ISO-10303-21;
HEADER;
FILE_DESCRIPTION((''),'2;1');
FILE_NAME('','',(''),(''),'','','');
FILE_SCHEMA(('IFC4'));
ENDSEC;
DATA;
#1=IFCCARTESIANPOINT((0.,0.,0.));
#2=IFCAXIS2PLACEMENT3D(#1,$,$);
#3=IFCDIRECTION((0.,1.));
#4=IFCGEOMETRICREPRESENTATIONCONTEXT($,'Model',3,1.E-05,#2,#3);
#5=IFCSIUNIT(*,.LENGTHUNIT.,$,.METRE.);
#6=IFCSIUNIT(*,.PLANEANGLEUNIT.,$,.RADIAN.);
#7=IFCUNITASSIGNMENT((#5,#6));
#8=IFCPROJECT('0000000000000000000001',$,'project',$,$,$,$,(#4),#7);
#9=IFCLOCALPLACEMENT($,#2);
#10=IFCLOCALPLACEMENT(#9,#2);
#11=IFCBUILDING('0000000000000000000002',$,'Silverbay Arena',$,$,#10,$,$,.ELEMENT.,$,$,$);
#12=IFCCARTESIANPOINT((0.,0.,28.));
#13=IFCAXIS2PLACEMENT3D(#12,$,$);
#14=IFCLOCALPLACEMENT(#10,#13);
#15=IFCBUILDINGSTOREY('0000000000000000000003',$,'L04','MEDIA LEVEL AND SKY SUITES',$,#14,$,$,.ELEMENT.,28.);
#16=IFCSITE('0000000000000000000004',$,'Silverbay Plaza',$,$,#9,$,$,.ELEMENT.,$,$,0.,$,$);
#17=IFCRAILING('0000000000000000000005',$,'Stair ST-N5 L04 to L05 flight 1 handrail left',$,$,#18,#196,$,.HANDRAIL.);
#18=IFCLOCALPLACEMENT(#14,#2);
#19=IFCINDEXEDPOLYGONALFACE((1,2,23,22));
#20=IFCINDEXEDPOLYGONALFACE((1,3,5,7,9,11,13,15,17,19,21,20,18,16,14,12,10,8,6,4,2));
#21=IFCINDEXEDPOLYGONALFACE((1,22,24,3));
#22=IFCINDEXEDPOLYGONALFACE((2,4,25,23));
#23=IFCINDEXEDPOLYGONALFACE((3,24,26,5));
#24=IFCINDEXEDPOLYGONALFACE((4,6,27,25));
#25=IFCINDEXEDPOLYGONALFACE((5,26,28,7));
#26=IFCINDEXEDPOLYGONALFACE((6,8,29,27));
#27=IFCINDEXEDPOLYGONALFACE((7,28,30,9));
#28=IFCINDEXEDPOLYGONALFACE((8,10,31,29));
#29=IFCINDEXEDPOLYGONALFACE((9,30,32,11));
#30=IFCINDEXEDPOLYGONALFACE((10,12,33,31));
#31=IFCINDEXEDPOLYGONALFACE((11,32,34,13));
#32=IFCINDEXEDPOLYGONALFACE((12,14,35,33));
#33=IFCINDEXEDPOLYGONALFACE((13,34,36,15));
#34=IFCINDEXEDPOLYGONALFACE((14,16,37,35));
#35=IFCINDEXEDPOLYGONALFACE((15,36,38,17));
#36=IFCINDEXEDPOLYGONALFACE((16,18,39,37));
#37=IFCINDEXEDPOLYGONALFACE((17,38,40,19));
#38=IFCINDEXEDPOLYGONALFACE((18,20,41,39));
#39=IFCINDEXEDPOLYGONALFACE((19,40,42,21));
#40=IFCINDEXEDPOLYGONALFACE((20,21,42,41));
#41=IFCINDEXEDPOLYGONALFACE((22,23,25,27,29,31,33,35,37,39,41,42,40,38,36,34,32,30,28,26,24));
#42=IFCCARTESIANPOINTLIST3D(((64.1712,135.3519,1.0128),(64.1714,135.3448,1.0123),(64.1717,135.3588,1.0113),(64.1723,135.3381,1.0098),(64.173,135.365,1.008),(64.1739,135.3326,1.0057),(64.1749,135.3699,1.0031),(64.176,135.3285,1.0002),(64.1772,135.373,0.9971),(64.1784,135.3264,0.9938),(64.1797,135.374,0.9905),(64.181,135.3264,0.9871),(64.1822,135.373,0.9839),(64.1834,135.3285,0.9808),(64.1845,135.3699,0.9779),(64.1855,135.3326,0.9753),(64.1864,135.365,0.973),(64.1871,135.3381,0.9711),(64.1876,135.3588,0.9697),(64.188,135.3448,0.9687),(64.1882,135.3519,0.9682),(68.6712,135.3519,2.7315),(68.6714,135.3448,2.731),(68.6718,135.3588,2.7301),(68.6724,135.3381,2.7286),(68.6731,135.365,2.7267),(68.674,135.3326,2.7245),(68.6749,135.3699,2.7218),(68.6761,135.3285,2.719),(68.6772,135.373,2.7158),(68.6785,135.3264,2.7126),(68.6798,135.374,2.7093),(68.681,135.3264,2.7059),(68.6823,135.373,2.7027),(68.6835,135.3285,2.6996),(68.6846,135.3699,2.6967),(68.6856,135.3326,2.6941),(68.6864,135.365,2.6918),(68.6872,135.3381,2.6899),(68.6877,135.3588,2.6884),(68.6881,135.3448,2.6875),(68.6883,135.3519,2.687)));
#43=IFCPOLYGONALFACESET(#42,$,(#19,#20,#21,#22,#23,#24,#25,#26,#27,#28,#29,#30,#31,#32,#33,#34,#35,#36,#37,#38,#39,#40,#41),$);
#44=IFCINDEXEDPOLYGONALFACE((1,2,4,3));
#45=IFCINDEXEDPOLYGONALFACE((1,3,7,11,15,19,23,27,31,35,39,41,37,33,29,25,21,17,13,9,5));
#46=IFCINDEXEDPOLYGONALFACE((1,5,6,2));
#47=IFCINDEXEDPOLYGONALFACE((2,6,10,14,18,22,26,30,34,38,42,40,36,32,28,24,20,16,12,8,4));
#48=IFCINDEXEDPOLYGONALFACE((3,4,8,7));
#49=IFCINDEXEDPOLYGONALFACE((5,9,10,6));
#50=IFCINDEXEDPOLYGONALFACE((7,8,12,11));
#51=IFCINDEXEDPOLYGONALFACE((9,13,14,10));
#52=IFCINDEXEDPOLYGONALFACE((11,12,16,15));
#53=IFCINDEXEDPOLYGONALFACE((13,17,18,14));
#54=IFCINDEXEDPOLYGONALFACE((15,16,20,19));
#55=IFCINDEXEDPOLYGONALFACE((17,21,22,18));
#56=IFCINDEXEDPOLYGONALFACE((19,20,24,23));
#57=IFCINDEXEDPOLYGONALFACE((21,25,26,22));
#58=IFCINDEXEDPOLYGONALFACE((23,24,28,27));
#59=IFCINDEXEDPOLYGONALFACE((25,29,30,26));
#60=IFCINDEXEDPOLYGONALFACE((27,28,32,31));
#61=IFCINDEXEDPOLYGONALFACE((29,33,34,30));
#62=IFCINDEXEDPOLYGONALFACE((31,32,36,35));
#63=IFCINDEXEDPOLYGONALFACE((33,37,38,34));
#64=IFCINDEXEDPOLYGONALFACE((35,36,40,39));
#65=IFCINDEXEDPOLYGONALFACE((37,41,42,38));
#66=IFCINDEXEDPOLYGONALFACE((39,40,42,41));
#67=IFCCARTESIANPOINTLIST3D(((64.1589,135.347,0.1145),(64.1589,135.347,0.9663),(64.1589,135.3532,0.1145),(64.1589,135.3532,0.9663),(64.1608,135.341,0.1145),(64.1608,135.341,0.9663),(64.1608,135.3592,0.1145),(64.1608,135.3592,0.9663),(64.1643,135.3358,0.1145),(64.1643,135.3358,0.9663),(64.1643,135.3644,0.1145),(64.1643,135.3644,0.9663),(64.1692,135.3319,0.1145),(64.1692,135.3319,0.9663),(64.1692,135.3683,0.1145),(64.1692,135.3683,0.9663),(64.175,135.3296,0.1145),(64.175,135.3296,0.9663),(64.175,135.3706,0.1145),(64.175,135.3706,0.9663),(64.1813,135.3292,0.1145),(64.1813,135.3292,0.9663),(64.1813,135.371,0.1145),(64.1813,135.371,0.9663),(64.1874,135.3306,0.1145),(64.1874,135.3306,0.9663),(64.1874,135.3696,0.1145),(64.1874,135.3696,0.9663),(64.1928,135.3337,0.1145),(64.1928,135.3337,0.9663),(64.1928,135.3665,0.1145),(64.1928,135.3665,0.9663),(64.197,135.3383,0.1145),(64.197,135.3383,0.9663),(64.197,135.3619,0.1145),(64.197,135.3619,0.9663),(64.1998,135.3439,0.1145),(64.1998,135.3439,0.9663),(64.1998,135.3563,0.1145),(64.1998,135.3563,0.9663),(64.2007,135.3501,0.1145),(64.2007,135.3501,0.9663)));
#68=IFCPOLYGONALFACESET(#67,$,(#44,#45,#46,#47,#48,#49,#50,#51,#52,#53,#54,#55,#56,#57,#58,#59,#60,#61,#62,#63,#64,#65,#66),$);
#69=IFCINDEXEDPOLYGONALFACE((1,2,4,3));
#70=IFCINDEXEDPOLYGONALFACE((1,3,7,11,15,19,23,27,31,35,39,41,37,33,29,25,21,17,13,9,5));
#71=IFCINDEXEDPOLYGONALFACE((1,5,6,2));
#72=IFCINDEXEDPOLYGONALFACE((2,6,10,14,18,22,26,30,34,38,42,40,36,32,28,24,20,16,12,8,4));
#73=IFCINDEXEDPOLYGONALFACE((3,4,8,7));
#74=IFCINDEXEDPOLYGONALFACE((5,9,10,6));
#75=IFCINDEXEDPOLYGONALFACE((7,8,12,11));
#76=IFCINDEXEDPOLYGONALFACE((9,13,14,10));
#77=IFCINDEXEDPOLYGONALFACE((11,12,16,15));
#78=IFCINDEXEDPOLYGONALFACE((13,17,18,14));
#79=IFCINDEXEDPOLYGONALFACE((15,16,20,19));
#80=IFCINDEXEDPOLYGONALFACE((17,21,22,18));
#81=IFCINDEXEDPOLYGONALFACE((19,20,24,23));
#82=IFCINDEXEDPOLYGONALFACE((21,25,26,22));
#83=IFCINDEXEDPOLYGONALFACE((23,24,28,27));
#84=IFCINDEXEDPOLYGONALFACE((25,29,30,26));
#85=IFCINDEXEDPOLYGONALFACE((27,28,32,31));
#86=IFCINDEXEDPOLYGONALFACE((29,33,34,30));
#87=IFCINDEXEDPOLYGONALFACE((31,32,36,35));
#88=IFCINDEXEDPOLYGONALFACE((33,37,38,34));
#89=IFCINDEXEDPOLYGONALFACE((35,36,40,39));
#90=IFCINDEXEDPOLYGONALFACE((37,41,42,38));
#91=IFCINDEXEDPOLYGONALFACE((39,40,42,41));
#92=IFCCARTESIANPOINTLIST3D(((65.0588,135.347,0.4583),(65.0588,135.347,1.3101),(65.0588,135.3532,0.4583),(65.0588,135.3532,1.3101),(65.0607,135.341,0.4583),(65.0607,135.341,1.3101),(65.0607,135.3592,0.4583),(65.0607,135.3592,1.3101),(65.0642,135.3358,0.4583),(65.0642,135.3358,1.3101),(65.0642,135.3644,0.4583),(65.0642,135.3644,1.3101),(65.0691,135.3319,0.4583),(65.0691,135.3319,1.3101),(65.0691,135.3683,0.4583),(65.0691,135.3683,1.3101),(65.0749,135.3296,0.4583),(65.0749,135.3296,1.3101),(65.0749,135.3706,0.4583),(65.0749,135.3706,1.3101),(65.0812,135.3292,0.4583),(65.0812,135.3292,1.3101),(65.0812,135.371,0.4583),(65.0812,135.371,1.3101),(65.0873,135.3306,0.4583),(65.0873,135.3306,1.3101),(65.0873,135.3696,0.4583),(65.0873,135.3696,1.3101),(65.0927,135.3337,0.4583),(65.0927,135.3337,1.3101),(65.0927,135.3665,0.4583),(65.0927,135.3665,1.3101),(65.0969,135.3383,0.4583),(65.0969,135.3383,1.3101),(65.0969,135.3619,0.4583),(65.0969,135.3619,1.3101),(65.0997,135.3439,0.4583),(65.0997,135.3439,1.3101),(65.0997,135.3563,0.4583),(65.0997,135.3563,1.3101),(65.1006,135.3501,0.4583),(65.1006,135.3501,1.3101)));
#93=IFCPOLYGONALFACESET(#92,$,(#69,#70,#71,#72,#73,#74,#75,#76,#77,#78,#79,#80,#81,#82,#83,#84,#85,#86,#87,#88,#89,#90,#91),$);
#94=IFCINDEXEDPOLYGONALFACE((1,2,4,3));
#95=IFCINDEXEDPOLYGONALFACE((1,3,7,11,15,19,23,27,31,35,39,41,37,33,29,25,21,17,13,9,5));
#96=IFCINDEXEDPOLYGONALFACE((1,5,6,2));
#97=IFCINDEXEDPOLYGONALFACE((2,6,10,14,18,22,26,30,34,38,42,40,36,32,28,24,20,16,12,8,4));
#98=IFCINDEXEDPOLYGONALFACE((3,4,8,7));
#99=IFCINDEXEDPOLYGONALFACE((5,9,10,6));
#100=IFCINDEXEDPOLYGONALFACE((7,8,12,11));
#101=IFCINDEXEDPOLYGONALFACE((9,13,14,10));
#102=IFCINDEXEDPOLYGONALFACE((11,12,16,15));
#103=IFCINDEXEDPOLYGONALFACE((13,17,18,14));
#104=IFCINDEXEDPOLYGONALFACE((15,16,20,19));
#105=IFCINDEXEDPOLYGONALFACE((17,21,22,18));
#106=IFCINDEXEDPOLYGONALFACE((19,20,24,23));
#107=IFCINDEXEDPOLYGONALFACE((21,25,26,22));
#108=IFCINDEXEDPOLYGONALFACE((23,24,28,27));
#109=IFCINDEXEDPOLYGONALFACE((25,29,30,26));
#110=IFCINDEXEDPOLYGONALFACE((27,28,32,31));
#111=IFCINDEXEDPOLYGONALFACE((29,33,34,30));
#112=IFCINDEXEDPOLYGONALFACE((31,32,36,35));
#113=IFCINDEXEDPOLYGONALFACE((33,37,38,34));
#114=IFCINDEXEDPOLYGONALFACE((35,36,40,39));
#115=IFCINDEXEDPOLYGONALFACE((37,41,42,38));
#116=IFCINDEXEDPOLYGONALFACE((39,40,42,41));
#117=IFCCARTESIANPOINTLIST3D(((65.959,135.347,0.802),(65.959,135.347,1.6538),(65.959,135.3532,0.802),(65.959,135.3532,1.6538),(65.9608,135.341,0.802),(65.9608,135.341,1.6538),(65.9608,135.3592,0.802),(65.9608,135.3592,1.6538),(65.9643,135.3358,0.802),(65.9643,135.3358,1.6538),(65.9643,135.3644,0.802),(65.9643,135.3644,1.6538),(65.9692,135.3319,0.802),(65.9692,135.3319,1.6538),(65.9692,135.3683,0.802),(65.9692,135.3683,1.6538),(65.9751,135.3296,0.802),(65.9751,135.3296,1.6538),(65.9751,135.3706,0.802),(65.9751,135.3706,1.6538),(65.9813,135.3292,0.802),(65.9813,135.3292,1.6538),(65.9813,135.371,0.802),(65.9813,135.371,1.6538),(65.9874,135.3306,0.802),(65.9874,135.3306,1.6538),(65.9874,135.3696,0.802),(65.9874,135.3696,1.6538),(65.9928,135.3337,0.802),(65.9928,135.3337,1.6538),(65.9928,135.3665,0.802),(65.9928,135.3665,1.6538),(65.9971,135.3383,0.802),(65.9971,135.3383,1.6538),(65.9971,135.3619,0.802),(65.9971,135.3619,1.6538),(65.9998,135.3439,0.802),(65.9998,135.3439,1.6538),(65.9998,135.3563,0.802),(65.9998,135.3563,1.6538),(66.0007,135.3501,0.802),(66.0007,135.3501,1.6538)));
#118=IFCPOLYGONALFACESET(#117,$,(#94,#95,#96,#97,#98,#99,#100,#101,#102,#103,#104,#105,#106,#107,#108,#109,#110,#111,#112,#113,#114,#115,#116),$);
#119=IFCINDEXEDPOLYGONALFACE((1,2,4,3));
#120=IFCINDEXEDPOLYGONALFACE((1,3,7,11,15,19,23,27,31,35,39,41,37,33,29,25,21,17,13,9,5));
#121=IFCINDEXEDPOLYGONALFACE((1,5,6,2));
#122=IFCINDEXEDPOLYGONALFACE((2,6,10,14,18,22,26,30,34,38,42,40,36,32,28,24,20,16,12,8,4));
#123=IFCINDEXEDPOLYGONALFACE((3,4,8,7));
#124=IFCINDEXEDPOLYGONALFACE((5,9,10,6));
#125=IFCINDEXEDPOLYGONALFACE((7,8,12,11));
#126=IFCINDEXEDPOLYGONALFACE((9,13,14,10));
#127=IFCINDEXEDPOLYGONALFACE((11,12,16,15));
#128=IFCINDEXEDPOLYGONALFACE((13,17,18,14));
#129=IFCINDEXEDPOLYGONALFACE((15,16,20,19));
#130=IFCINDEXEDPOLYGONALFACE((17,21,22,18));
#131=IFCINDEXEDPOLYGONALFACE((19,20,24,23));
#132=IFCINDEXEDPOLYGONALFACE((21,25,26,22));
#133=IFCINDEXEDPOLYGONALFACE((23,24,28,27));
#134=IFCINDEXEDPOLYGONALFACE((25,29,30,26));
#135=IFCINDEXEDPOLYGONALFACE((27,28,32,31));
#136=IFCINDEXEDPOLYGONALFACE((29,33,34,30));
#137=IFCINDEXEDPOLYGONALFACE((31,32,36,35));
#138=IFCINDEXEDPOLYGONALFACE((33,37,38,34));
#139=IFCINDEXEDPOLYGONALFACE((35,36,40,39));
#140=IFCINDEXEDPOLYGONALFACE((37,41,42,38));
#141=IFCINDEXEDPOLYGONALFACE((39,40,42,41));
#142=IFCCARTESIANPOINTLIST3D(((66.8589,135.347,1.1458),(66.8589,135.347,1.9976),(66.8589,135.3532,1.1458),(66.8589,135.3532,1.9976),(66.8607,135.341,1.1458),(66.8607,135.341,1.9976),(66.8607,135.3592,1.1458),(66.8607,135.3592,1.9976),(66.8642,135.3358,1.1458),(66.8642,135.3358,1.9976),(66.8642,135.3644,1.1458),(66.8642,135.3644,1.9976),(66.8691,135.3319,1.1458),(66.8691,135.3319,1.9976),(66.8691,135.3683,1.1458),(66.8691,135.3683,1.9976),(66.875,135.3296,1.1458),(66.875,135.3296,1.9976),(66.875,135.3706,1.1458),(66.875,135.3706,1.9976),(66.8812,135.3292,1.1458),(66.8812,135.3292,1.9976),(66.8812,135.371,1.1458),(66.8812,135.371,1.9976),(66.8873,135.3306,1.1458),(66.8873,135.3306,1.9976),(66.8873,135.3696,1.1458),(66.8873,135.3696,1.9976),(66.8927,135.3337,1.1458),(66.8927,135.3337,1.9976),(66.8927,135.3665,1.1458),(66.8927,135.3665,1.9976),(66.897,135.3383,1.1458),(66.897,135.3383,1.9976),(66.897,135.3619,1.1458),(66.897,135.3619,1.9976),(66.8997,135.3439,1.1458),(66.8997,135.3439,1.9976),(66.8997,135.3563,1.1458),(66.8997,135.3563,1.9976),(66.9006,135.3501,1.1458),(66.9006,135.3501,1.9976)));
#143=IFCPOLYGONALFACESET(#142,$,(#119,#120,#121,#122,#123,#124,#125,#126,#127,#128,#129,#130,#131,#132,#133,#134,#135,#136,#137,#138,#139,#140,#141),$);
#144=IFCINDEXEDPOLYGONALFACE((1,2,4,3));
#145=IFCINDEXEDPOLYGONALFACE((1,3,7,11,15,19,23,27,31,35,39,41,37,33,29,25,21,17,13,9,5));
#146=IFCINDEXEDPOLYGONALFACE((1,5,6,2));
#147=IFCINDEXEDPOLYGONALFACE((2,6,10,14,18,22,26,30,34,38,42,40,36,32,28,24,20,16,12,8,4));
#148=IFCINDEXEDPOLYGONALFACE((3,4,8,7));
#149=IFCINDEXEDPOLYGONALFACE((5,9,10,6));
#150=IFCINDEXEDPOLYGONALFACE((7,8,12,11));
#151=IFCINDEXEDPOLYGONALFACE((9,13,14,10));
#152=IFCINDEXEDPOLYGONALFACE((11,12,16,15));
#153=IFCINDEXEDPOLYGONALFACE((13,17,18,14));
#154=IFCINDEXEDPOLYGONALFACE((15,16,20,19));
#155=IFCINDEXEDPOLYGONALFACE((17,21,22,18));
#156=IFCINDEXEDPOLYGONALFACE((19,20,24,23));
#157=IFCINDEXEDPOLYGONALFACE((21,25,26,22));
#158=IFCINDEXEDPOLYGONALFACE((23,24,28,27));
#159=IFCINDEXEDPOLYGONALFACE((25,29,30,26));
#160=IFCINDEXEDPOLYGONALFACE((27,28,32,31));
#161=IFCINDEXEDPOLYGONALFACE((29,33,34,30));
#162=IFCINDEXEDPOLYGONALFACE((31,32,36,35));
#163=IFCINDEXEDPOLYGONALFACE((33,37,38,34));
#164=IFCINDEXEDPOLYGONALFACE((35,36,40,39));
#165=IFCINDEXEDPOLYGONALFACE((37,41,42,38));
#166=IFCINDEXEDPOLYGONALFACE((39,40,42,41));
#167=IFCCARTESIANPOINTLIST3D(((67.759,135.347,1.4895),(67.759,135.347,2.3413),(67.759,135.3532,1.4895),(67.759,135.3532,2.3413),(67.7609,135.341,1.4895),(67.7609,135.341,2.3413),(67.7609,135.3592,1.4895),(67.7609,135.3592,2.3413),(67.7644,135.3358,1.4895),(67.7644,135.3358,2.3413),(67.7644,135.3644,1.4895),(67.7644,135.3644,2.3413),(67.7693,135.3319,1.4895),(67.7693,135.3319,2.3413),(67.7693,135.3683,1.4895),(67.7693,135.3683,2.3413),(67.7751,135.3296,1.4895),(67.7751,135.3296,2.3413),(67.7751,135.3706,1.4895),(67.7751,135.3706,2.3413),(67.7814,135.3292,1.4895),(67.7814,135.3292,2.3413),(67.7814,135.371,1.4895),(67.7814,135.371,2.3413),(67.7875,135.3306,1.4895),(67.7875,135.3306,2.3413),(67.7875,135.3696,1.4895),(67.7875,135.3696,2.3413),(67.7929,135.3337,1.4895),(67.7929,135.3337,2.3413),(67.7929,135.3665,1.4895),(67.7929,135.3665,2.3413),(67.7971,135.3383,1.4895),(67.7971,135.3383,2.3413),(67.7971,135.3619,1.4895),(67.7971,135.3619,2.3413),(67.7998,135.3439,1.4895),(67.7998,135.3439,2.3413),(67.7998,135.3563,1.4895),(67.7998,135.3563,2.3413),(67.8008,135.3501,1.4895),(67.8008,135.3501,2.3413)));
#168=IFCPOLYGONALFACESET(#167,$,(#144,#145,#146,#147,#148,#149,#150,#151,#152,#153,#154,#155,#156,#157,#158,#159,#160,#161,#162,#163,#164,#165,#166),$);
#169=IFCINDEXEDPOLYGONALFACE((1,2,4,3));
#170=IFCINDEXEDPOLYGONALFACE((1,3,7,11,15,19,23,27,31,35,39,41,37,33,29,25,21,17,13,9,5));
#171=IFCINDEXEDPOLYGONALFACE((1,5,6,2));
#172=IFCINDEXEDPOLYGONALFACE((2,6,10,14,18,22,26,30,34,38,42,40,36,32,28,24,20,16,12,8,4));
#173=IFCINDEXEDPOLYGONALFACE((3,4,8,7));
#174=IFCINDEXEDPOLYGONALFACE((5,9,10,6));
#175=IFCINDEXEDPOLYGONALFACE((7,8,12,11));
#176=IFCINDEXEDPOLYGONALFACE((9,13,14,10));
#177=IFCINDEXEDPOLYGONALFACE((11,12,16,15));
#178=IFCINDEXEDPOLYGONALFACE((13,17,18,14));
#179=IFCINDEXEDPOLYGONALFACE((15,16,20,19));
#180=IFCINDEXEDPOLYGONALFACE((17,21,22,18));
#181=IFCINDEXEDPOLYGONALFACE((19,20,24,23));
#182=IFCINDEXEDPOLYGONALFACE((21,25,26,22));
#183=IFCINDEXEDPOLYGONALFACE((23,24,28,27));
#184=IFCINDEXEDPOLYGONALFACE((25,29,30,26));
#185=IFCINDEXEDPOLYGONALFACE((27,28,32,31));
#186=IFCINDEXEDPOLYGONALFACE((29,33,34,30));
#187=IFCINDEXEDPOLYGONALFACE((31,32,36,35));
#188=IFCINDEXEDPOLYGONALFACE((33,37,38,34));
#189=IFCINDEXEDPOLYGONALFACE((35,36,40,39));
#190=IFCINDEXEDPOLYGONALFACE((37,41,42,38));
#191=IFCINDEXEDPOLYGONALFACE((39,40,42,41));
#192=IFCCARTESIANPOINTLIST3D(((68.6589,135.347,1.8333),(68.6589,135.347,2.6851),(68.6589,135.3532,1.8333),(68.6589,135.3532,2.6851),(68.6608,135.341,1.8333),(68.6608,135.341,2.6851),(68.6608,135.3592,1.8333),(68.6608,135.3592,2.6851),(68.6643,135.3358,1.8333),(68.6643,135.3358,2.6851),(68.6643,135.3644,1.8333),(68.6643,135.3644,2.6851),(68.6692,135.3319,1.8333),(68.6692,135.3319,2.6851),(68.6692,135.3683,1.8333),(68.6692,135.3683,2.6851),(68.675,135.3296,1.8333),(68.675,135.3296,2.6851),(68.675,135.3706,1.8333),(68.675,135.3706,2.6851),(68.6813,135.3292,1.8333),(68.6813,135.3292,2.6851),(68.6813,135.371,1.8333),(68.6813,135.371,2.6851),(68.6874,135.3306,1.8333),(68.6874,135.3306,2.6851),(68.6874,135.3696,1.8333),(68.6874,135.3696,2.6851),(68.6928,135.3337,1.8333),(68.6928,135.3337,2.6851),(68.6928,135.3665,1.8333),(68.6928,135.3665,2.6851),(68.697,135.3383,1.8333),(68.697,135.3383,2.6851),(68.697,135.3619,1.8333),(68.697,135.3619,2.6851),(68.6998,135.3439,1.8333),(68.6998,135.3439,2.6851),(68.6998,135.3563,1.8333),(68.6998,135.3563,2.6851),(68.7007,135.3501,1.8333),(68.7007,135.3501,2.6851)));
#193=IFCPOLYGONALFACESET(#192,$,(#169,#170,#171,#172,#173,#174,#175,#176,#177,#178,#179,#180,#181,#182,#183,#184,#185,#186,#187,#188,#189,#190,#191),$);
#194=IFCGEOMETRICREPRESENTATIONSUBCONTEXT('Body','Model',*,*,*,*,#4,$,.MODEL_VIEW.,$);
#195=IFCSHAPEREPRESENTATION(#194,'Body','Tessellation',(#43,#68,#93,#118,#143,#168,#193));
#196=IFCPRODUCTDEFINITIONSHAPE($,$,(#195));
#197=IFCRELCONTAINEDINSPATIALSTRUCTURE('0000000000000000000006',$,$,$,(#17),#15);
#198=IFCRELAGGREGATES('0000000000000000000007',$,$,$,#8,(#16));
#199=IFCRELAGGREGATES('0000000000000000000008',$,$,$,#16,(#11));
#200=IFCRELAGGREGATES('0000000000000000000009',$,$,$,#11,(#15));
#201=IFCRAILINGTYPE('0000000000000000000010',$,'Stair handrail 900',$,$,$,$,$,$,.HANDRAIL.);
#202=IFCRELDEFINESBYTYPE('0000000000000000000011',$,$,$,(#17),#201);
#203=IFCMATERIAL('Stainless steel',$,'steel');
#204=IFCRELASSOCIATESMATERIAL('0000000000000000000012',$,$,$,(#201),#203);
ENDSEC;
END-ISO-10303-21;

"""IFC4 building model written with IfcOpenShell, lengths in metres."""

from ifc_helpers import new_model, si_unit, direction, frame, origin, origin_2d, place, context, subcontext, project, spatial, circle, extrude, material, type_object, element, save


model = new_model("IFC4")

# Units and contexts
model_context = context("Model", 3, precision=1e-05, world=origin(), true_north=direction((0.0, 1.0)))
body_context = subcontext(model_context, "Body", "Model", "MODEL_VIEW")
ifc_project = project(units=[si_unit("LENGTHUNIT", "METRE"), si_unit("PLANEANGLEUNIT", "RADIAN")], contexts=[model_context])

# Site, building, storey
site_placement = place(None, origin())
site = spatial("IfcSite", under=ifc_project, at=site_placement, Name="Silverbay Plaza", CompositionType="ELEMENT", RefElevation=0.0)
building_placement = place(site_placement, origin())
building = spatial("IfcBuilding", under=site, at=building_placement, Name="Silverbay Arena", CompositionType="ELEMENT")
storey_placement = place(building_placement, frame((0.0, 0.0, 28.0)))
storey = spatial("IfcBuildingStorey", under=building, at=storey_placement, Name="L04", Description="MEDIA LEVEL AND SKY SUITES", CompositionType="ELEMENT", Elevation=28.0)

# Railing
ifc_material_1 = material(Name="Stainless steel", Category="steel")
railing_type_1 = type_object("IfcRailingType", Name="Stair handrail 900", PredefinedType="HANDRAIL", material=ifc_material_1)
for number, where, name in (
    (1, (64.1797, 135.3501, 0.1145), "Stair ST-N5 L04 to L05 flight 1 handrail left"),
):
    element("IfcRailing", number, at=place(storey_placement, frame(where)), inside=storey, type_object=railing_type_1, Name=name, PredefinedType="HANDRAIL", context=body_context, shape_type="SweptSolid", body=[
        extrude(circle(Radius=0.0239, at=origin_2d()), frame((0.0, 0.0, 0.876), z_axis=(0.934179, 0.0, 0.356805), x_axis=(0.0, 1.0, 0.0)), (0.0, 0.0, 1.0), 4.8171),
        extrude(circle(Radius=0.021, at=origin_2d()), origin(), (0.0, 0.0, 1.0), 0.8518),
        extrude(circle(Radius=0.021, at=origin_2d()), frame((0.8999, 0.0, 0.3438)), (0.0, 0.0, 1.0), 0.8518),
        extrude(circle(Radius=0.021, at=origin_2d()), frame((1.8, 0.0, 0.6875)), (0.0, 0.0, 1.0), 0.8518),
        extrude(circle(Radius=0.021, at=origin_2d()), frame((2.7, 0.0, 1.0312)), (0.0, 0.0, 1.0), 0.8518),
        extrude(circle(Radius=0.021, at=origin_2d()), frame((3.6001, 0.0, 1.375)), (0.0, 0.0, 1.0), 0.8518),
        extrude(circle(Radius=0.021, at=origin_2d()), frame((4.5, 0.0, 1.7188)), (0.0, 0.0, 1.0), 0.8518),
    ])

save(model, "model.ifc")
